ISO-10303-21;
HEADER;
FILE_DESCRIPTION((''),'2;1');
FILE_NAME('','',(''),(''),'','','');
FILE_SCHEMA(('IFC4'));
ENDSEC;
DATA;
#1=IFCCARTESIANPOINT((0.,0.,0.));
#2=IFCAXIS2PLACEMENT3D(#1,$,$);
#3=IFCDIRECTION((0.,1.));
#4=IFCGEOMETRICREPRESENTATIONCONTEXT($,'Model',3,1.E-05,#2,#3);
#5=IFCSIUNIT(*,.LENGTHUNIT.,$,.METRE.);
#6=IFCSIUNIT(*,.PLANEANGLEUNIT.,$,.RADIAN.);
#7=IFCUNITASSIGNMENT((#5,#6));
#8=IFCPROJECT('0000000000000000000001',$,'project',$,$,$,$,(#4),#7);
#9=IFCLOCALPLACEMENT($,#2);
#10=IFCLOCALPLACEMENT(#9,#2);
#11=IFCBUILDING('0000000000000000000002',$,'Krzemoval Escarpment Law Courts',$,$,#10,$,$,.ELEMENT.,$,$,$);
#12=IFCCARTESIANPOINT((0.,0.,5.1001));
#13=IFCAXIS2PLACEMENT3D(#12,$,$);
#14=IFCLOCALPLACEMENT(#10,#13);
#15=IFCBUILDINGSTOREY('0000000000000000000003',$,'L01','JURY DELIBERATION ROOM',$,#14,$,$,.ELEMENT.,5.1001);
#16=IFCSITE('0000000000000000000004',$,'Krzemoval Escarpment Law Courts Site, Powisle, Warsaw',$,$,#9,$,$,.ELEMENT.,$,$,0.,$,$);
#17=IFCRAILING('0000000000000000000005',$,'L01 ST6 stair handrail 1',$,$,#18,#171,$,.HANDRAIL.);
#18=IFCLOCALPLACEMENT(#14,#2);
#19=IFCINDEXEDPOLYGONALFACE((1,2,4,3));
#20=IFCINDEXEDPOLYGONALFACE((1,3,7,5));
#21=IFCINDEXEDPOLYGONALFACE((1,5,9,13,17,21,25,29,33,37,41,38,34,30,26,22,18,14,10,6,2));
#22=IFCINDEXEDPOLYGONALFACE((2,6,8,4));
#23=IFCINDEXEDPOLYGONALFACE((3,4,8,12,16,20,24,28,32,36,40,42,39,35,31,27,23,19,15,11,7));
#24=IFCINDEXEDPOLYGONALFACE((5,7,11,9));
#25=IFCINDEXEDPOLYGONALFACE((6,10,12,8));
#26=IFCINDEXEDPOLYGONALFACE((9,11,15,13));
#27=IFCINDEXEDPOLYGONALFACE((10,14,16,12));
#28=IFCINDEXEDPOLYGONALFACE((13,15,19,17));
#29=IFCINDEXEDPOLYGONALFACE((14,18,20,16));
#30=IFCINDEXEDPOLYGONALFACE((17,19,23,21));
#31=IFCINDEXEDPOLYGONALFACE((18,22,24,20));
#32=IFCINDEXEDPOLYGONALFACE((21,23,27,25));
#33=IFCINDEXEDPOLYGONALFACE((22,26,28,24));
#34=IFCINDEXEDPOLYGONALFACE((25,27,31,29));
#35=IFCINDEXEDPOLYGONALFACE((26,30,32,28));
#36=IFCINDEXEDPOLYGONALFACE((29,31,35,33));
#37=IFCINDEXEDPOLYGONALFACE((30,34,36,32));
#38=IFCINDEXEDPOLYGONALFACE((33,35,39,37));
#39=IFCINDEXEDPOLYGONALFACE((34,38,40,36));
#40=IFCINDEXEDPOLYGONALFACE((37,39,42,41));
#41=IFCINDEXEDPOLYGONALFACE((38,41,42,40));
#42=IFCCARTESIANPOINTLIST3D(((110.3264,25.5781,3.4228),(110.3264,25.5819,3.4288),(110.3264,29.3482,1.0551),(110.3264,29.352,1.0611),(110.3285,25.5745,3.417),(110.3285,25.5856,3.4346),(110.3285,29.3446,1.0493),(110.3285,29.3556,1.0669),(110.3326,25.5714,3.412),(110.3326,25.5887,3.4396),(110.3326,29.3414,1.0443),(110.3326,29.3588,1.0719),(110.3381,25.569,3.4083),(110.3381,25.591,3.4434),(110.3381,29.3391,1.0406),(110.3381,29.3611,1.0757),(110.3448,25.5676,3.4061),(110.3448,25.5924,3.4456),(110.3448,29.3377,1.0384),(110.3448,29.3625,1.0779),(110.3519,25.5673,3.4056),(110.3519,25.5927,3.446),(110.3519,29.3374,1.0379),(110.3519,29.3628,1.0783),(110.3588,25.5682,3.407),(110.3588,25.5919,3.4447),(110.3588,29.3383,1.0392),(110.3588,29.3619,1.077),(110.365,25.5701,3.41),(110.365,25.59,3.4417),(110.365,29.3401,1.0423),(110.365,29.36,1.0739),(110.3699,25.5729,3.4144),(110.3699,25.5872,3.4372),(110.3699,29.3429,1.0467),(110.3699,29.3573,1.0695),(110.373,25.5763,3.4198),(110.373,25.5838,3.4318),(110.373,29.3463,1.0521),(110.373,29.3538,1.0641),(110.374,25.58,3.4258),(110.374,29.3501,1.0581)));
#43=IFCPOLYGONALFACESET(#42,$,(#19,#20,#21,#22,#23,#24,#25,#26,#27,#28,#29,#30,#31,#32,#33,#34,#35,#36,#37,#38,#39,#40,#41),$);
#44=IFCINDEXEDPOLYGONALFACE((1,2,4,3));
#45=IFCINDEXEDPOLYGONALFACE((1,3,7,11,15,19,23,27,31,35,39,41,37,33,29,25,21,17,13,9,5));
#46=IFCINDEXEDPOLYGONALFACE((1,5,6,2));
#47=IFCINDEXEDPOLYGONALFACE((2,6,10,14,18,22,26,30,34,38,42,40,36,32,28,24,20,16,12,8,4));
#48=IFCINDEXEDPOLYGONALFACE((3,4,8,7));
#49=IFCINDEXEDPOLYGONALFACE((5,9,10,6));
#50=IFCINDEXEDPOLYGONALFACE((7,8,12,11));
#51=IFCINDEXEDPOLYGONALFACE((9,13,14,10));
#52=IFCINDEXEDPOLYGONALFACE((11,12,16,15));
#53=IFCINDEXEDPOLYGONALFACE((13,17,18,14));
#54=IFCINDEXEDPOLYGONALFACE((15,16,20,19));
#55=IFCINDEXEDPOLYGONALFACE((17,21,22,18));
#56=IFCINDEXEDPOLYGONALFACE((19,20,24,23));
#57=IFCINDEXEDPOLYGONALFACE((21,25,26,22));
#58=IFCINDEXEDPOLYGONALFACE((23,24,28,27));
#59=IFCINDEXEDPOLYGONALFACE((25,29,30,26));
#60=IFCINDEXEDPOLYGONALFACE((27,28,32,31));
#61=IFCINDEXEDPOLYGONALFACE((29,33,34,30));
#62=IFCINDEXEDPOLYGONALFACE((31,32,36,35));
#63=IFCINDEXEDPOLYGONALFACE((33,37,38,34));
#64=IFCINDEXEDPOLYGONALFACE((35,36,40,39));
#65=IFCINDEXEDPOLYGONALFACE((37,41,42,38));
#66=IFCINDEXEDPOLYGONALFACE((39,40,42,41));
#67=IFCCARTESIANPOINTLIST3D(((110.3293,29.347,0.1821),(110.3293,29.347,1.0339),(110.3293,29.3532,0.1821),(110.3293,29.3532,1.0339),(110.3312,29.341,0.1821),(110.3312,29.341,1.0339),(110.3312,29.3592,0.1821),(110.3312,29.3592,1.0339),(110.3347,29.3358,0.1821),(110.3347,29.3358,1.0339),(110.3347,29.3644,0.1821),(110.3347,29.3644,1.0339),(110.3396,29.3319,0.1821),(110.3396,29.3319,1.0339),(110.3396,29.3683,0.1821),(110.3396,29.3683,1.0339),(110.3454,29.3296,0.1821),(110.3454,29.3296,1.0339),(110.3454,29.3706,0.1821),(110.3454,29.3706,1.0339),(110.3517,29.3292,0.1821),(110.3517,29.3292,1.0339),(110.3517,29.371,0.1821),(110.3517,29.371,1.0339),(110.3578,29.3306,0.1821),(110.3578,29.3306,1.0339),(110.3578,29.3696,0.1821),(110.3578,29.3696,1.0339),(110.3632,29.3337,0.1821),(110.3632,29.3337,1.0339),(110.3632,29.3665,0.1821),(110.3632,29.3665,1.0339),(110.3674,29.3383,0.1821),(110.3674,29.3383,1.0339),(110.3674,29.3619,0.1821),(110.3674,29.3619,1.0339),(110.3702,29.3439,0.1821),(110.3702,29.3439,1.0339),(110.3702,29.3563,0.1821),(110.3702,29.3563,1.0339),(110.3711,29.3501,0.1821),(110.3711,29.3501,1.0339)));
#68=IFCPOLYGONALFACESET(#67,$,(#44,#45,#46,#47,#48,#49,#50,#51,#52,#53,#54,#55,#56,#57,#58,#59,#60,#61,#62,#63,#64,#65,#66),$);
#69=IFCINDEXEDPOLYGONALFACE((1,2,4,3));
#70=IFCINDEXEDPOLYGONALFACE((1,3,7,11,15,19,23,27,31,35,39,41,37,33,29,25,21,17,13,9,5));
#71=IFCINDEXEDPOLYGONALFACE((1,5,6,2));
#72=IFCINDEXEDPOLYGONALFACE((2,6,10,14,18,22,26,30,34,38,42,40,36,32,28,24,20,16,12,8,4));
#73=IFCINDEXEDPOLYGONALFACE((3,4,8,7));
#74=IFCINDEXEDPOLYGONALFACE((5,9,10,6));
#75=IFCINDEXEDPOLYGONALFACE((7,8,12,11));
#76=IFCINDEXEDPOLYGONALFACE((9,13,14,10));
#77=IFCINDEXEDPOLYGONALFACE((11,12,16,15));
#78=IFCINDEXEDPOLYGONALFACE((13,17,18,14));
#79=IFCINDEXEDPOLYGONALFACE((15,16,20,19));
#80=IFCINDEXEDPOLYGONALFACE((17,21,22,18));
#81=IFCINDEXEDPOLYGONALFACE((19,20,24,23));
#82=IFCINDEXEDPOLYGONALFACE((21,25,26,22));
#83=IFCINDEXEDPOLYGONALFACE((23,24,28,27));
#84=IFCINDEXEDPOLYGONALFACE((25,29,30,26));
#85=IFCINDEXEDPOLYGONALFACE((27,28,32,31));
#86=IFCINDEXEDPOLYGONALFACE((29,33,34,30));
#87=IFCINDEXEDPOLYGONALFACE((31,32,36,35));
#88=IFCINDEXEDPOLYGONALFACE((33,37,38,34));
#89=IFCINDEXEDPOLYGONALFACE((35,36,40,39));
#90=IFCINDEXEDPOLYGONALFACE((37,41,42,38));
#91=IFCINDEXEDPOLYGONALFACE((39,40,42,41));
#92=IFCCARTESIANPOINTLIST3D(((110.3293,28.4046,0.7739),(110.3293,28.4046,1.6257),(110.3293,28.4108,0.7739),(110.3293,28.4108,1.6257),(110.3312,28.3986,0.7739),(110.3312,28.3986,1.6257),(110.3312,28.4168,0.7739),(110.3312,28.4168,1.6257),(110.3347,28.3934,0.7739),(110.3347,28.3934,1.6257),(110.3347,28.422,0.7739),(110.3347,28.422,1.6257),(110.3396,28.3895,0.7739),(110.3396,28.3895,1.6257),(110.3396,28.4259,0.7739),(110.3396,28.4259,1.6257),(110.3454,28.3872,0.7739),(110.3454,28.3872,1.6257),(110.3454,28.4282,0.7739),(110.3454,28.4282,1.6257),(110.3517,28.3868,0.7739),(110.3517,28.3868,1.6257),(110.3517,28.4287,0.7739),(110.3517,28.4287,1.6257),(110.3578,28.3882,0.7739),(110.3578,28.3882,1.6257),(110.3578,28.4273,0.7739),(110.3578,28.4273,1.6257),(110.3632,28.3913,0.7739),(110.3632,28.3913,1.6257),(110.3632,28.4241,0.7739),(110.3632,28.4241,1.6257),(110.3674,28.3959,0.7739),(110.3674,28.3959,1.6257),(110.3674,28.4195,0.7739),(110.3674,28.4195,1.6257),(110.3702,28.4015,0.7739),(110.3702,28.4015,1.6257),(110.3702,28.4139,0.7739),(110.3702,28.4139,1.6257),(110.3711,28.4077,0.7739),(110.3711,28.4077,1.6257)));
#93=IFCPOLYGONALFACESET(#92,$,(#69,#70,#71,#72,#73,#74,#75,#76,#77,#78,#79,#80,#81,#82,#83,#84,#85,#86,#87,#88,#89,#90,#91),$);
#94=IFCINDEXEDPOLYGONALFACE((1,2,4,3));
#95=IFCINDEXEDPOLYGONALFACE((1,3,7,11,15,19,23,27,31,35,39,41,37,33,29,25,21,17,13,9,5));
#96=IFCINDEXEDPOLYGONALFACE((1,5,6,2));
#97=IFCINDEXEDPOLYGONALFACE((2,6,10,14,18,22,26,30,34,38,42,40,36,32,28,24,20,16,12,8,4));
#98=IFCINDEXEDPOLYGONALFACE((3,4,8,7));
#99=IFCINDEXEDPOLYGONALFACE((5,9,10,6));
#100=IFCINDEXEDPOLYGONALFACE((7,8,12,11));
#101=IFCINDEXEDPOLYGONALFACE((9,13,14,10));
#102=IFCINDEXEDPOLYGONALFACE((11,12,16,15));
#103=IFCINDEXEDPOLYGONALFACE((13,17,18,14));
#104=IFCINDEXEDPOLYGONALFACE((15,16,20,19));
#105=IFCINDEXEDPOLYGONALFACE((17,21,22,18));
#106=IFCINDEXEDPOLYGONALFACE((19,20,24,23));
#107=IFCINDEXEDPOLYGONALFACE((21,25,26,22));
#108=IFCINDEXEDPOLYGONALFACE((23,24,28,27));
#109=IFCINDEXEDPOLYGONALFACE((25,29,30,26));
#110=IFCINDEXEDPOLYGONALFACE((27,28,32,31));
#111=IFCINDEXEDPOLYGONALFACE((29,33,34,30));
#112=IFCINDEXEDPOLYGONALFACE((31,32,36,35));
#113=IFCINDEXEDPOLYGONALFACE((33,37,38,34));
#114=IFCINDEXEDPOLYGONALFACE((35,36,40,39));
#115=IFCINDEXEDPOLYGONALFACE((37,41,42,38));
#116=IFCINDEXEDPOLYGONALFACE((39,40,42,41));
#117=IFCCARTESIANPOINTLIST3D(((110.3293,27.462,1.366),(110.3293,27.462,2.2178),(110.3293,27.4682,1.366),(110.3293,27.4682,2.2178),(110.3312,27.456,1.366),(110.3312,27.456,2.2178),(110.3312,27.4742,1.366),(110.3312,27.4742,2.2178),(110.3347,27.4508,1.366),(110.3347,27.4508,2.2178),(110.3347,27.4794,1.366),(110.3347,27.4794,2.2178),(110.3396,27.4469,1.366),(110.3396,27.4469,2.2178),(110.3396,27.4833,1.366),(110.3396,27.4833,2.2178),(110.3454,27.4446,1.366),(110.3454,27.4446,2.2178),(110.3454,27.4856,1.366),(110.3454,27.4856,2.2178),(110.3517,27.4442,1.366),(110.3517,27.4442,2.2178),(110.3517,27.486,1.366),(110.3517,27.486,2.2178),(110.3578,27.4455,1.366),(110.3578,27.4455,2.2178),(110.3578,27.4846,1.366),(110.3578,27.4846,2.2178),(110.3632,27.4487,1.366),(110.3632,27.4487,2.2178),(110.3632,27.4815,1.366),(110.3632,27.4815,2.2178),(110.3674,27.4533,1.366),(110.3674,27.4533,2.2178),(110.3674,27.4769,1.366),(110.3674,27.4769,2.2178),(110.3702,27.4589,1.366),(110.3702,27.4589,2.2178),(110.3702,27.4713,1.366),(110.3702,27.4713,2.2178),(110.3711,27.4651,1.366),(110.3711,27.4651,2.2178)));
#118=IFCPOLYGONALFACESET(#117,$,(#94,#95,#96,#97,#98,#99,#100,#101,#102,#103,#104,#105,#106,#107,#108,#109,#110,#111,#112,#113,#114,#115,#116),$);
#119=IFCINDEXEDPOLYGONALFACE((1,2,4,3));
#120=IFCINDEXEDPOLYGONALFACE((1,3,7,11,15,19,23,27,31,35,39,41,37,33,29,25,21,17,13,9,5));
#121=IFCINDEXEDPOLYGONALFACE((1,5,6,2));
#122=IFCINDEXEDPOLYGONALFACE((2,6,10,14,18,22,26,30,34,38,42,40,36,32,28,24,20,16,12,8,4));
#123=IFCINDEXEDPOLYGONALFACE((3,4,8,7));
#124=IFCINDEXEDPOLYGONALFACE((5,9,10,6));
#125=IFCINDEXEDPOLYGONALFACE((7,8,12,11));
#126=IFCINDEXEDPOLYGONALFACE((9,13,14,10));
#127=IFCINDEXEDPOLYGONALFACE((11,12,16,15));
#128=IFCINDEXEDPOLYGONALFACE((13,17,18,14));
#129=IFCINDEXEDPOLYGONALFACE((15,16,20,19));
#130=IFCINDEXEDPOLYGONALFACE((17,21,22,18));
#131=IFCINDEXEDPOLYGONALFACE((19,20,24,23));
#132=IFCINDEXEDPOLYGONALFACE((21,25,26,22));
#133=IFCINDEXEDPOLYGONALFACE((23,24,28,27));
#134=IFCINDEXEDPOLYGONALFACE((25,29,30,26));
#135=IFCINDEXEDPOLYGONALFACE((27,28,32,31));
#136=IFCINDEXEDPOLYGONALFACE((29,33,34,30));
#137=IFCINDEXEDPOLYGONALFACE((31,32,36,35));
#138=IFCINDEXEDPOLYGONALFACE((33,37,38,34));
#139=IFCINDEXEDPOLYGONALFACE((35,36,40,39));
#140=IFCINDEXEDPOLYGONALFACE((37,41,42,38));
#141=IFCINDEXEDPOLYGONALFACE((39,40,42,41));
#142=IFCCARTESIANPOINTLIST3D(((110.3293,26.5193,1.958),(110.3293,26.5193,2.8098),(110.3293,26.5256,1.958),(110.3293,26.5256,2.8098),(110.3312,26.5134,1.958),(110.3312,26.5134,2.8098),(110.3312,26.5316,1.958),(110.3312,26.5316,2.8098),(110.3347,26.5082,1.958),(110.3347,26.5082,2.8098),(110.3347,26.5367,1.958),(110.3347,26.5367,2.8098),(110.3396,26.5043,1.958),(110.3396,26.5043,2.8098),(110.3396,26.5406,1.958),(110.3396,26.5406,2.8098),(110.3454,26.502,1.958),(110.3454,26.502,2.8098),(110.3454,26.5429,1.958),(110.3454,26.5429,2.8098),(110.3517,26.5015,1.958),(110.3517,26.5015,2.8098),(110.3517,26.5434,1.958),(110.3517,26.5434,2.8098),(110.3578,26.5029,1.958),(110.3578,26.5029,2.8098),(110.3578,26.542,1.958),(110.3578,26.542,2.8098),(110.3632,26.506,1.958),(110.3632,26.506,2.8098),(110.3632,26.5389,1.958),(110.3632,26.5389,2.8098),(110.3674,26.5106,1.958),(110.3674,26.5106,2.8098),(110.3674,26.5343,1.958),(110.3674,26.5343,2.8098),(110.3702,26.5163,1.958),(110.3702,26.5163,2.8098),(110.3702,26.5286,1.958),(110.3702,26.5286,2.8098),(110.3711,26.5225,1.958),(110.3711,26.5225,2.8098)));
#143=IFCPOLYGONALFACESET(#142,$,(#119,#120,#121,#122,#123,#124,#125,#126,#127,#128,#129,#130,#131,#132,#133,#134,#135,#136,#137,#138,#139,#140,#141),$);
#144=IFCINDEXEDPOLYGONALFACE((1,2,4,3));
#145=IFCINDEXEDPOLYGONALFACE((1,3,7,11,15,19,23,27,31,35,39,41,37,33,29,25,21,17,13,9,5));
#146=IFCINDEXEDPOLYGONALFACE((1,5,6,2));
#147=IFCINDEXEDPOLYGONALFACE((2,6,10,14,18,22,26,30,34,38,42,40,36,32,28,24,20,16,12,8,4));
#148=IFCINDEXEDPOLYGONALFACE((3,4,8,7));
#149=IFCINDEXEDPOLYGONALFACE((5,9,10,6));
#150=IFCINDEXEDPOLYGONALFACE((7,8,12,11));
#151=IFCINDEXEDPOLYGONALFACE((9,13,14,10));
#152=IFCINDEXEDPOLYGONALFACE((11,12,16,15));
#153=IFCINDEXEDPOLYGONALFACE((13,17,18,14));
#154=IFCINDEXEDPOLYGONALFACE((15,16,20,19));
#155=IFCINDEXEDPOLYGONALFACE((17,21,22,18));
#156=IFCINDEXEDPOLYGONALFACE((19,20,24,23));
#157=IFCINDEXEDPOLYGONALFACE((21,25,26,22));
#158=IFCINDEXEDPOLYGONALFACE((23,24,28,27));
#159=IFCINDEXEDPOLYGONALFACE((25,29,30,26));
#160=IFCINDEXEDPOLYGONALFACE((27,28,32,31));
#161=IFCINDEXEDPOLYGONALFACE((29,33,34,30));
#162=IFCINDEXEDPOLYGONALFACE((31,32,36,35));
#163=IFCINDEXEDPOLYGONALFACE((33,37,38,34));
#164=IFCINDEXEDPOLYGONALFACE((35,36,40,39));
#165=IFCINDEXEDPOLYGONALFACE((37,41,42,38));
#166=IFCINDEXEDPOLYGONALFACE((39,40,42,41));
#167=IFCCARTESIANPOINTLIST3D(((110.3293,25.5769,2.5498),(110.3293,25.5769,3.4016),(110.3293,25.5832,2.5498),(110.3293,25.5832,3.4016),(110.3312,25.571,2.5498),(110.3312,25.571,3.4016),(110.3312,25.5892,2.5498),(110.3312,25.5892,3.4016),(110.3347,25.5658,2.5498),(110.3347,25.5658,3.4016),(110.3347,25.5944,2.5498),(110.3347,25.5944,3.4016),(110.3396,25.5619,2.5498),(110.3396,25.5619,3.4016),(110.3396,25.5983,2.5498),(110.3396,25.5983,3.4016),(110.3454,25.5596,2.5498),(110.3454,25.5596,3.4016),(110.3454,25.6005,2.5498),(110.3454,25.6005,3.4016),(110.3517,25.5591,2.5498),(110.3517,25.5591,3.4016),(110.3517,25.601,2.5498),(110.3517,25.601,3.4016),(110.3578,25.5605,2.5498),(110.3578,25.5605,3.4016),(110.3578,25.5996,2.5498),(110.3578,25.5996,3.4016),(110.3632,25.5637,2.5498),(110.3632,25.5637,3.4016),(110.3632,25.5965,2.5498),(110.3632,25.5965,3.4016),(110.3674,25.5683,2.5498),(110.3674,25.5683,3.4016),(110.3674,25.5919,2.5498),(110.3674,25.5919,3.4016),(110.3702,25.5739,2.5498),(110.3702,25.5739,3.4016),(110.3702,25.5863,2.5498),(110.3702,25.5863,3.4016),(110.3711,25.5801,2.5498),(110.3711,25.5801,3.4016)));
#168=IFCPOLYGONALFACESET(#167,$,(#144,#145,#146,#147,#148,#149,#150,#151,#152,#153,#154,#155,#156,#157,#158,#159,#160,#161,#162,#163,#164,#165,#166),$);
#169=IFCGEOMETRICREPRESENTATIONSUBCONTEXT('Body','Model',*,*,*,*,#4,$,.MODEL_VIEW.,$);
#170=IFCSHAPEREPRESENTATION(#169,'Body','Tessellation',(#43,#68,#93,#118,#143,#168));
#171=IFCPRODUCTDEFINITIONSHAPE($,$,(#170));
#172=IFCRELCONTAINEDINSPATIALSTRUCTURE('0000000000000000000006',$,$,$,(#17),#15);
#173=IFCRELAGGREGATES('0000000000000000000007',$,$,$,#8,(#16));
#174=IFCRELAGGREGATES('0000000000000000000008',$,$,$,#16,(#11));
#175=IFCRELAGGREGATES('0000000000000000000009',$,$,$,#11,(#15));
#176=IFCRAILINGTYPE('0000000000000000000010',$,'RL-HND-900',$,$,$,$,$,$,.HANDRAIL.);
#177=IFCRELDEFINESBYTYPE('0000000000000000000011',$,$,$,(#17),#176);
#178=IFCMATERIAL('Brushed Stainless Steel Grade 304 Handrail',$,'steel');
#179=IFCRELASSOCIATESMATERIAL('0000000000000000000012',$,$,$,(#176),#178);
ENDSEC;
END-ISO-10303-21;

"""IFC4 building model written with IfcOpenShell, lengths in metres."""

from ifc_helpers import new_model, si_unit, direction, frame, origin, origin_2d, place, context, subcontext, project, spatial, circle, extrude, material, type_object, element, save


model = new_model("IFC4")

# Units and contexts
model_context = context("Model", 3, precision=1e-05, world=origin(), true_north=direction((0.0, 1.0)))
body_context = subcontext(model_context, "Body", "Model", "MODEL_VIEW")
ifc_project = project(units=[si_unit("LENGTHUNIT", "METRE"), si_unit("PLANEANGLEUNIT", "RADIAN")], contexts=[model_context])

# Site, building, storey
site_placement = place(None, origin())
site = spatial("IfcSite", under=ifc_project, at=site_placement, Name="Krzemoval Escarpment Law Courts Site, Powisle, Warsaw", CompositionType="ELEMENT", RefElevation=0.0)
building_placement = place(site_placement, origin())
building = spatial("IfcBuilding", under=site, at=building_placement, Name="Krzemoval Escarpment Law Courts", CompositionType="ELEMENT")
storey_placement = place(building_placement, frame((0.0, 0.0, 5.1001)))
storey = spatial("IfcBuildingStorey", under=building, at=storey_placement, Name="L01", Description="JURY DELIBERATION ROOM", CompositionType="ELEMENT", Elevation=5.1001)

# Railing
ifc_material_1 = material(Name="Brushed Stainless Steel Grade 304 Handrail", Category="steel")
railing_type = type_object("IfcRailingType", Name="RL-HND-900", PredefinedType="HANDRAIL", material=ifc_material_1)
railing_placement = place(storey_placement, frame((110.3501, 29.3501, 0.1821)))
element("IfcRailing", 1, at=railing_placement, inside=storey, type_object=railing_type, Name="L01 ST6 stair handrail 1", PredefinedType="HANDRAIL", context=body_context, shape_type="SweptSolid", body=[
    extrude(circle(Radius=0.0239, at=origin_2d()), frame((0.0, 0.0, 0.876), z_axis=(0.0, -0.846844, 0.531841), x_axis=(1.0, 0.0, 0.0)), (0.0, 0.0, 1.0), 4.4519),
    extrude(circle(Radius=0.021, at=origin_2d()), origin(), (0.0, 0.0, 1.0), 0.8518),
    extrude(circle(Radius=0.021, at=origin_2d()), frame((0.0, -0.9424, 0.5918)), (0.0, 0.0, 1.0), 0.8518),
    extrude(circle(Radius=0.021, at=origin_2d()), frame((0.0, -1.885, 1.1838)), (0.0, 0.0, 1.0), 0.8518),
    extrude(circle(Radius=0.021, at=origin_2d()), frame((0.0, -2.8276, 1.7759)), (0.0, 0.0, 1.0), 0.8518),
    extrude(circle(Radius=0.021, at=origin_2d()), frame((0.0, -3.77, 2.3677)), (0.0, 0.0, 1.0), 0.8518),
])

save(model, "model.ifc")
